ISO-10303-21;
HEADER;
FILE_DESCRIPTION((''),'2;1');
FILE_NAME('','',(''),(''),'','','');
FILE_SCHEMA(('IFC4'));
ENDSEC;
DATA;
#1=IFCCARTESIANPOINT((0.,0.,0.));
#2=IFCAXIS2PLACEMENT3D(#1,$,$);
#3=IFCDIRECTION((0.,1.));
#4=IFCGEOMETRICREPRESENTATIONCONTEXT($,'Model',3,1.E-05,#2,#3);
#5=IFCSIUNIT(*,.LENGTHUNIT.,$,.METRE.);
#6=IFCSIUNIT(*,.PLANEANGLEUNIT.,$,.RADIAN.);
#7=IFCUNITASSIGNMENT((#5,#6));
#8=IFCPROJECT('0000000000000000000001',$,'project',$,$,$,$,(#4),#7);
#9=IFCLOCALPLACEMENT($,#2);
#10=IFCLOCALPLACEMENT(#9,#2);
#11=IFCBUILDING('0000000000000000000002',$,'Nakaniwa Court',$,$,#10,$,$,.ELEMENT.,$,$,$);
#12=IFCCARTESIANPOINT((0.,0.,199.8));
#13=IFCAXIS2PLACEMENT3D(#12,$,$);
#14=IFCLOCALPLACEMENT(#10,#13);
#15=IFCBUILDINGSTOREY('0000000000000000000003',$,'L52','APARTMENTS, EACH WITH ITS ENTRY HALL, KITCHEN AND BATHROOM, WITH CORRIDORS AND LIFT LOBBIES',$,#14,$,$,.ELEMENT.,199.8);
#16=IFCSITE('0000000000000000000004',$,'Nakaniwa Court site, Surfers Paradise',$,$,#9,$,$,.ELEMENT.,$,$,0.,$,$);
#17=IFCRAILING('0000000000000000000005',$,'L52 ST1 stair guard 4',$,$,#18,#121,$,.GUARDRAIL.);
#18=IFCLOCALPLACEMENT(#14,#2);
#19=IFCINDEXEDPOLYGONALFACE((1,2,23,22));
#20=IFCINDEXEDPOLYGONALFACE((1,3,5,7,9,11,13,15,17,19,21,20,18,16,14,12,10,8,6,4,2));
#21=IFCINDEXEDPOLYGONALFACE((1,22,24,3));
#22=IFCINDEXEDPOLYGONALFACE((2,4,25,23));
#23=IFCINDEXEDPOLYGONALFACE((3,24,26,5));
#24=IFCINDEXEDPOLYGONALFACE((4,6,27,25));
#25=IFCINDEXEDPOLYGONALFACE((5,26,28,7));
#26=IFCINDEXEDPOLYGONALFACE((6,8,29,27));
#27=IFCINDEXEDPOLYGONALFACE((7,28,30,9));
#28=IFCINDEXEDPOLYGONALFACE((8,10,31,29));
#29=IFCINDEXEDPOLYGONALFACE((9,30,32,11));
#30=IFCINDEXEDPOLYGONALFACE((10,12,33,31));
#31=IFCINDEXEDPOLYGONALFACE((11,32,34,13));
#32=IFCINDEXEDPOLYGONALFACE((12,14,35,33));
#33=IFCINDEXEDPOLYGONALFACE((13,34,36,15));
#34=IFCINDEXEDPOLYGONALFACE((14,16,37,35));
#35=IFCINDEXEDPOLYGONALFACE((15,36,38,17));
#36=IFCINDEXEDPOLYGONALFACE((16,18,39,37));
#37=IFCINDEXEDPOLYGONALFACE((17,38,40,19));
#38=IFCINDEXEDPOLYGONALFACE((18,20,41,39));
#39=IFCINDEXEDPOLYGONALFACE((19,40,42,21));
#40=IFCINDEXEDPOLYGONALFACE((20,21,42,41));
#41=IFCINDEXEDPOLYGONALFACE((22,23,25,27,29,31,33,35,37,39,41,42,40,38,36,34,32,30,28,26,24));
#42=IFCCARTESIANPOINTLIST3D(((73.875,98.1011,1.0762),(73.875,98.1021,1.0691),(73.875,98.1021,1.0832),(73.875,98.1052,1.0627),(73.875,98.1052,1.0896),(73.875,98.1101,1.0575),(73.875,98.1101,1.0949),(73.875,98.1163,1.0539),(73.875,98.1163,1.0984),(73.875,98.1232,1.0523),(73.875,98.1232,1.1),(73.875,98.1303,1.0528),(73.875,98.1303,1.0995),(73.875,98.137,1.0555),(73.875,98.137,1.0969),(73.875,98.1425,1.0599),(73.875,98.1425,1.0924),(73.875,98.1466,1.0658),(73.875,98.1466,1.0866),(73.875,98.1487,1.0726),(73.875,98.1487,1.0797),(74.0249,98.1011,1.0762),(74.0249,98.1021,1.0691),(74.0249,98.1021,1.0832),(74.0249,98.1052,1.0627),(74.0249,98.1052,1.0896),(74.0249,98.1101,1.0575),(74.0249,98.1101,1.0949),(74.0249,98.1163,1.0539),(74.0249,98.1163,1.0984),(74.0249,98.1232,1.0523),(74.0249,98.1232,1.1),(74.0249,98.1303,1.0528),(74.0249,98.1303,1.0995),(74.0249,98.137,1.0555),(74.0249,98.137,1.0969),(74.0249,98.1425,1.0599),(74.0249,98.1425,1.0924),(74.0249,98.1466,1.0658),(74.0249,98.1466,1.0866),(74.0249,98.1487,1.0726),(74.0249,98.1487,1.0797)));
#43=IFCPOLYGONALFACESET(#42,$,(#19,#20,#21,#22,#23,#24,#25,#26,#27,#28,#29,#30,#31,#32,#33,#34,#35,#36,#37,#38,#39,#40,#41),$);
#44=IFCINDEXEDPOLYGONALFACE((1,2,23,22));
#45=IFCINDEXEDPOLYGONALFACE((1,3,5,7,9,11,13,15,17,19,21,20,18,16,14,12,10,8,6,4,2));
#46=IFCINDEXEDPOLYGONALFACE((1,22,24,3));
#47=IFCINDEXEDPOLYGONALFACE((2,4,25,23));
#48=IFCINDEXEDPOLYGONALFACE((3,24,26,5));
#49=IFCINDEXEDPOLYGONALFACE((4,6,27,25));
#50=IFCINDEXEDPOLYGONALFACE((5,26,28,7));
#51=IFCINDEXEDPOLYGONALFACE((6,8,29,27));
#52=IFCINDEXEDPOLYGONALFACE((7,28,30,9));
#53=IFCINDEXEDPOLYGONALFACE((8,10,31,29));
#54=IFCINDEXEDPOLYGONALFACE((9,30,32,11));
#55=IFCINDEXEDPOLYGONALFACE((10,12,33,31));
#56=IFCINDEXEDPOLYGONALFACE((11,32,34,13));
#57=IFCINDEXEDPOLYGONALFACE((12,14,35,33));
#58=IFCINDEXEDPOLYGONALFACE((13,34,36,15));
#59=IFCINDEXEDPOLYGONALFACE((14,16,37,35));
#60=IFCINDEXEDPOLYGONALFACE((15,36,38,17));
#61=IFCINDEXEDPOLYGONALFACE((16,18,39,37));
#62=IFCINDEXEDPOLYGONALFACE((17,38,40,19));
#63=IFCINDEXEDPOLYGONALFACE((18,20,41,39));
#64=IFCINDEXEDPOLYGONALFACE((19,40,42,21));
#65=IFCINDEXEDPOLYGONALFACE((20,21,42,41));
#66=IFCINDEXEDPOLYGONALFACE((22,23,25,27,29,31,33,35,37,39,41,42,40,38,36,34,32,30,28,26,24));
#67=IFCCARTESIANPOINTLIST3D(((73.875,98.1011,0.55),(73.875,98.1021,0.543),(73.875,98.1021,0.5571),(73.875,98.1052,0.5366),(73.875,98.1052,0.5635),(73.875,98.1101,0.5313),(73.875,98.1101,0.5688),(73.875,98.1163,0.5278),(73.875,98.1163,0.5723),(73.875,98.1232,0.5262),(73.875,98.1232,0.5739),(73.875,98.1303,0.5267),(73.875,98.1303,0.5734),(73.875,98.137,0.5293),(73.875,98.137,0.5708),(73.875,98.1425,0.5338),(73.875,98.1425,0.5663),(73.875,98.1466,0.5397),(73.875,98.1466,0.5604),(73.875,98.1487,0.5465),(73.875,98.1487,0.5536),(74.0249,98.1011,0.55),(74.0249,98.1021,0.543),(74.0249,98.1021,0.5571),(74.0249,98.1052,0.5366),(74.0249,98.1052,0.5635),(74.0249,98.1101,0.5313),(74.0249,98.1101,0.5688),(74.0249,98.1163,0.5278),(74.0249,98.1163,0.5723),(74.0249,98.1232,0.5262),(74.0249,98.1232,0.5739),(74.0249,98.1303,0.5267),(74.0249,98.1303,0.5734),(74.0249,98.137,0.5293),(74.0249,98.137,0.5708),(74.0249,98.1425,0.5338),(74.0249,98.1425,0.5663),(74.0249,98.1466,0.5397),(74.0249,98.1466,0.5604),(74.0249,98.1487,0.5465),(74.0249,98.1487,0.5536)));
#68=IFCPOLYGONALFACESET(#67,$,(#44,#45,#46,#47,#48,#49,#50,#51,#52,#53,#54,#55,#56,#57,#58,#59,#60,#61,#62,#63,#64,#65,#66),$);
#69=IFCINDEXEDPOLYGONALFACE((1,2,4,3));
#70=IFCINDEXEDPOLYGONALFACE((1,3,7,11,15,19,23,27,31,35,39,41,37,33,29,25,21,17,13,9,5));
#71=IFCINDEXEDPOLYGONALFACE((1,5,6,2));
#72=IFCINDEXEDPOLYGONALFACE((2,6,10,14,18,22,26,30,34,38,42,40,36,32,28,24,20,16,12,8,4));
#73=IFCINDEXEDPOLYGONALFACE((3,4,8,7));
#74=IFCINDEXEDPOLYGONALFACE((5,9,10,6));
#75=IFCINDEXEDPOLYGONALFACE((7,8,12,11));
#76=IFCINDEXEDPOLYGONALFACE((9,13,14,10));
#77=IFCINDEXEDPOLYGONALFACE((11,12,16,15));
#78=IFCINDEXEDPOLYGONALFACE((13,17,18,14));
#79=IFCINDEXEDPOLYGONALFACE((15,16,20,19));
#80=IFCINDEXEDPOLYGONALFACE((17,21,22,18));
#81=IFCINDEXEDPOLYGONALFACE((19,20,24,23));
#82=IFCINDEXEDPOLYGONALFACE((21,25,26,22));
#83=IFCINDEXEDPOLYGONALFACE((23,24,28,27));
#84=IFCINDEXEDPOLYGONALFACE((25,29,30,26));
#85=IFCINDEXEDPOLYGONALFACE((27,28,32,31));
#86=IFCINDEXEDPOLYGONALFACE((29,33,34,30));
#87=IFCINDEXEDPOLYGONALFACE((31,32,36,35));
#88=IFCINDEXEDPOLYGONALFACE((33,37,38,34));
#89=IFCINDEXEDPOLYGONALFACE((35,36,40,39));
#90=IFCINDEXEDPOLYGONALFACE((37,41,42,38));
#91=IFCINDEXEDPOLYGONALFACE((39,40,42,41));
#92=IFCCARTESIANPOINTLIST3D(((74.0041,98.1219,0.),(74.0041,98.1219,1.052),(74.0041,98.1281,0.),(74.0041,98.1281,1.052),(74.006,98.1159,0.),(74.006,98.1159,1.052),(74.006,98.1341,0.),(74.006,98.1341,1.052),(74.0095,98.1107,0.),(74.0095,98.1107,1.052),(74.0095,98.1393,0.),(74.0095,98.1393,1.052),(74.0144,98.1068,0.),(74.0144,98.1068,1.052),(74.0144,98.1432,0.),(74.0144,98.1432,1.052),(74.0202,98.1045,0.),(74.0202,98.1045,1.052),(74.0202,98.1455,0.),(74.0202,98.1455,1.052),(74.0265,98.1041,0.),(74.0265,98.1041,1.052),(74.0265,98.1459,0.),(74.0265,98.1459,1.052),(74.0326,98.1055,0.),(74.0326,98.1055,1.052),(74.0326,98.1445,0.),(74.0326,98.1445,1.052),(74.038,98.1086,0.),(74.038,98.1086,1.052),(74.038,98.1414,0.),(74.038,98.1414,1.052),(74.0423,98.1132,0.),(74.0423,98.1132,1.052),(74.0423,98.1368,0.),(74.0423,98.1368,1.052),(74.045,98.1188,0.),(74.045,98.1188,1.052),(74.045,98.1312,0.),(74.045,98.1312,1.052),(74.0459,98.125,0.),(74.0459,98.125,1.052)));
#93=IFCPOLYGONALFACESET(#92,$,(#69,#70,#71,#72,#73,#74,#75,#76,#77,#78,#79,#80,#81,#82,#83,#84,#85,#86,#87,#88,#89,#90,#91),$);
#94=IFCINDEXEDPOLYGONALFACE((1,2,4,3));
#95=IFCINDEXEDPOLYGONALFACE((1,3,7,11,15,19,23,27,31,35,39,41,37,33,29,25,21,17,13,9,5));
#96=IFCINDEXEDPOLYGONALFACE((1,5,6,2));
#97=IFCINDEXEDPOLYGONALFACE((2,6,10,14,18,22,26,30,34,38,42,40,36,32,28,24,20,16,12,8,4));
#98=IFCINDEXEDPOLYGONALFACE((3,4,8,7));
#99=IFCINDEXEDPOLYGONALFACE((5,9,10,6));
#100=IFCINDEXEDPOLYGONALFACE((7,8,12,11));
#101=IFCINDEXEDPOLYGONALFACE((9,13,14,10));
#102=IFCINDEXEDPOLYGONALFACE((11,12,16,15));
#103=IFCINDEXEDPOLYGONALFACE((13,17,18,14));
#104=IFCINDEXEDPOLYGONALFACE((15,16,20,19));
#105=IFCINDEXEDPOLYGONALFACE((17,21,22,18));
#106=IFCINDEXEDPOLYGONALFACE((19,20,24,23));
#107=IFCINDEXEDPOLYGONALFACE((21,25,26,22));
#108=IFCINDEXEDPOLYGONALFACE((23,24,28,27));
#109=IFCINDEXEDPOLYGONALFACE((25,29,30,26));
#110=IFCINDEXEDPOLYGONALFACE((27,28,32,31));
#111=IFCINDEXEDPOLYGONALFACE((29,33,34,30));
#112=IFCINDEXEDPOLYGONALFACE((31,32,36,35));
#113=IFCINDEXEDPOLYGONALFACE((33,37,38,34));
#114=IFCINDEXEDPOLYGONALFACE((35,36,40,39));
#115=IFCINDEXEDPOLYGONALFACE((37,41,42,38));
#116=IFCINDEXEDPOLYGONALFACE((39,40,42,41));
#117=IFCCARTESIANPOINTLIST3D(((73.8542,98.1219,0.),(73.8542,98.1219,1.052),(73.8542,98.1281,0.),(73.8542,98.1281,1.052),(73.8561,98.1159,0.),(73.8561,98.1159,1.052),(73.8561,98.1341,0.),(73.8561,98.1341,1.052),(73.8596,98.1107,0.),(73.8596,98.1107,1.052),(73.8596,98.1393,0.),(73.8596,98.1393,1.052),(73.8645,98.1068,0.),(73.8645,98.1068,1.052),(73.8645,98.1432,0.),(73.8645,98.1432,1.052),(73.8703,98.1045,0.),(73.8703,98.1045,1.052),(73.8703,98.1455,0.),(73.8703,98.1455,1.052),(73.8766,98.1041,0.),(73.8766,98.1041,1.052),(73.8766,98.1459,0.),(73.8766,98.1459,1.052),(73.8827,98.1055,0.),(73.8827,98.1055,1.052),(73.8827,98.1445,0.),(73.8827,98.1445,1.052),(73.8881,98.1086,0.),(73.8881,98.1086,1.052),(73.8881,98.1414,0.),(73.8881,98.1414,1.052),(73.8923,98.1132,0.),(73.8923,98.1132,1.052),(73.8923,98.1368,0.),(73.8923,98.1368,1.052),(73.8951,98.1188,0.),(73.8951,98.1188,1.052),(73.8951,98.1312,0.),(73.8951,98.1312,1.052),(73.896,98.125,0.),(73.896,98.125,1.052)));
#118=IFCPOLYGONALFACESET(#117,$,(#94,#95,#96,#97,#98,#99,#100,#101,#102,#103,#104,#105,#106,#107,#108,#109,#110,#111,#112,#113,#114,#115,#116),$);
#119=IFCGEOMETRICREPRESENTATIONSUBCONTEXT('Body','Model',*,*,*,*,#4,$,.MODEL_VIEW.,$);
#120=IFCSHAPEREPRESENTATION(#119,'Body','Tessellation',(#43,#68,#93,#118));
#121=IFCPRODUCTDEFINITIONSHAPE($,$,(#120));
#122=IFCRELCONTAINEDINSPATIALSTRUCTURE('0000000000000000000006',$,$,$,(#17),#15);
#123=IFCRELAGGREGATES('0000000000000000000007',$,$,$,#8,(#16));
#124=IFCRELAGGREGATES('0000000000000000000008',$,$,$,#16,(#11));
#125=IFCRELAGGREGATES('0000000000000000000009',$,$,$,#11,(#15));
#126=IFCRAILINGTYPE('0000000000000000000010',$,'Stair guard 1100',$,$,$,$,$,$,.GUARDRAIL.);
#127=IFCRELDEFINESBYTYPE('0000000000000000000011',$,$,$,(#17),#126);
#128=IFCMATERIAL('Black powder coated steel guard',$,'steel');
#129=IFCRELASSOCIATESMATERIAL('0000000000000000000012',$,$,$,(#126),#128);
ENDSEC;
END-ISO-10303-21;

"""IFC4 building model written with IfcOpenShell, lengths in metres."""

from ifc_helpers import new_model, si_unit, direction, frame, origin, origin_2d, place, context, subcontext, project, spatial, circle, extrude, material, type_object, element, save


model = new_model("IFC4")

# Units and contexts
model_context = context("Model", 3, precision=1e-05, world=origin(), true_north=direction((0.0, 1.0)))
body_context = subcontext(model_context, "Body", "Model", "MODEL_VIEW")
ifc_project = project(units=[si_unit("LENGTHUNIT", "METRE"), si_unit("PLANEANGLEUNIT", "RADIAN")], contexts=[model_context])

# Site, building, storey
site_placement = place(None, origin())
site = spatial("IfcSite", under=ifc_project, at=site_placement, Name="Nakaniwa Court site, Surfers Paradise", CompositionType="ELEMENT", RefElevation=0.0)
building_placement = place(site_placement, origin())
building = spatial("IfcBuilding", under=site, at=building_placement, Name="Nakaniwa Court", CompositionType="ELEMENT")
storey_placement = place(building_placement, frame((0.0, 0.0, 199.8)))
storey = spatial("IfcBuildingStorey", under=building, at=storey_placement, Name="L52", Description="APARTMENTS, EACH WITH ITS ENTRY HALL, KITCHEN AND BATHROOM, WITH CORRIDORS AND LIFT LOBBIES", CompositionType="ELEMENT", Elevation=199.8)

# Railing
ifc_material_1 = material(Name="Black powder coated steel guard", Category="steel")
railing_type_1 = type_object("IfcRailingType", Name="Stair guard 1100", PredefinedType="GUARDRAIL", material=ifc_material_1)
railing_1_placement = place(storey_placement, frame((74.0249, 98.125, 0.0)))
element("IfcRailing", 1, at=railing_1_placement, inside=storey, type_object=railing_type_1, Name="L52 ST1 stair guard 4", PredefinedType="GUARDRAIL", context=body_context, shape_type="SweptSolid", body=[
    extrude(circle(Radius=0.0239, at=origin_2d()), frame((0.0, 0.0, 1.0762), z_axis=(-1.0, 0.0, 0.0), x_axis=(0.0, -1.0, 0.0)), (0.0, 0.0, 1.0), 0.1499),
    extrude(circle(Radius=0.0239, at=origin_2d()), frame((0.0, 0.0, 0.55), z_axis=(-1.0, 0.0, 0.0), x_axis=(0.0, -1.0, 0.0)), (0.0, 0.0, 1.0), 0.1499),
    extrude(circle(Radius=0.021, at=origin_2d()), origin(), (0.0, 0.0, 1.0), 1.052),
    extrude(circle(Radius=0.021, at=origin_2d()), frame((-0.1499, 0.0, 0.0)), (0.0, 0.0, 1.0), 1.052),
])

save(model, "model.ifc")
